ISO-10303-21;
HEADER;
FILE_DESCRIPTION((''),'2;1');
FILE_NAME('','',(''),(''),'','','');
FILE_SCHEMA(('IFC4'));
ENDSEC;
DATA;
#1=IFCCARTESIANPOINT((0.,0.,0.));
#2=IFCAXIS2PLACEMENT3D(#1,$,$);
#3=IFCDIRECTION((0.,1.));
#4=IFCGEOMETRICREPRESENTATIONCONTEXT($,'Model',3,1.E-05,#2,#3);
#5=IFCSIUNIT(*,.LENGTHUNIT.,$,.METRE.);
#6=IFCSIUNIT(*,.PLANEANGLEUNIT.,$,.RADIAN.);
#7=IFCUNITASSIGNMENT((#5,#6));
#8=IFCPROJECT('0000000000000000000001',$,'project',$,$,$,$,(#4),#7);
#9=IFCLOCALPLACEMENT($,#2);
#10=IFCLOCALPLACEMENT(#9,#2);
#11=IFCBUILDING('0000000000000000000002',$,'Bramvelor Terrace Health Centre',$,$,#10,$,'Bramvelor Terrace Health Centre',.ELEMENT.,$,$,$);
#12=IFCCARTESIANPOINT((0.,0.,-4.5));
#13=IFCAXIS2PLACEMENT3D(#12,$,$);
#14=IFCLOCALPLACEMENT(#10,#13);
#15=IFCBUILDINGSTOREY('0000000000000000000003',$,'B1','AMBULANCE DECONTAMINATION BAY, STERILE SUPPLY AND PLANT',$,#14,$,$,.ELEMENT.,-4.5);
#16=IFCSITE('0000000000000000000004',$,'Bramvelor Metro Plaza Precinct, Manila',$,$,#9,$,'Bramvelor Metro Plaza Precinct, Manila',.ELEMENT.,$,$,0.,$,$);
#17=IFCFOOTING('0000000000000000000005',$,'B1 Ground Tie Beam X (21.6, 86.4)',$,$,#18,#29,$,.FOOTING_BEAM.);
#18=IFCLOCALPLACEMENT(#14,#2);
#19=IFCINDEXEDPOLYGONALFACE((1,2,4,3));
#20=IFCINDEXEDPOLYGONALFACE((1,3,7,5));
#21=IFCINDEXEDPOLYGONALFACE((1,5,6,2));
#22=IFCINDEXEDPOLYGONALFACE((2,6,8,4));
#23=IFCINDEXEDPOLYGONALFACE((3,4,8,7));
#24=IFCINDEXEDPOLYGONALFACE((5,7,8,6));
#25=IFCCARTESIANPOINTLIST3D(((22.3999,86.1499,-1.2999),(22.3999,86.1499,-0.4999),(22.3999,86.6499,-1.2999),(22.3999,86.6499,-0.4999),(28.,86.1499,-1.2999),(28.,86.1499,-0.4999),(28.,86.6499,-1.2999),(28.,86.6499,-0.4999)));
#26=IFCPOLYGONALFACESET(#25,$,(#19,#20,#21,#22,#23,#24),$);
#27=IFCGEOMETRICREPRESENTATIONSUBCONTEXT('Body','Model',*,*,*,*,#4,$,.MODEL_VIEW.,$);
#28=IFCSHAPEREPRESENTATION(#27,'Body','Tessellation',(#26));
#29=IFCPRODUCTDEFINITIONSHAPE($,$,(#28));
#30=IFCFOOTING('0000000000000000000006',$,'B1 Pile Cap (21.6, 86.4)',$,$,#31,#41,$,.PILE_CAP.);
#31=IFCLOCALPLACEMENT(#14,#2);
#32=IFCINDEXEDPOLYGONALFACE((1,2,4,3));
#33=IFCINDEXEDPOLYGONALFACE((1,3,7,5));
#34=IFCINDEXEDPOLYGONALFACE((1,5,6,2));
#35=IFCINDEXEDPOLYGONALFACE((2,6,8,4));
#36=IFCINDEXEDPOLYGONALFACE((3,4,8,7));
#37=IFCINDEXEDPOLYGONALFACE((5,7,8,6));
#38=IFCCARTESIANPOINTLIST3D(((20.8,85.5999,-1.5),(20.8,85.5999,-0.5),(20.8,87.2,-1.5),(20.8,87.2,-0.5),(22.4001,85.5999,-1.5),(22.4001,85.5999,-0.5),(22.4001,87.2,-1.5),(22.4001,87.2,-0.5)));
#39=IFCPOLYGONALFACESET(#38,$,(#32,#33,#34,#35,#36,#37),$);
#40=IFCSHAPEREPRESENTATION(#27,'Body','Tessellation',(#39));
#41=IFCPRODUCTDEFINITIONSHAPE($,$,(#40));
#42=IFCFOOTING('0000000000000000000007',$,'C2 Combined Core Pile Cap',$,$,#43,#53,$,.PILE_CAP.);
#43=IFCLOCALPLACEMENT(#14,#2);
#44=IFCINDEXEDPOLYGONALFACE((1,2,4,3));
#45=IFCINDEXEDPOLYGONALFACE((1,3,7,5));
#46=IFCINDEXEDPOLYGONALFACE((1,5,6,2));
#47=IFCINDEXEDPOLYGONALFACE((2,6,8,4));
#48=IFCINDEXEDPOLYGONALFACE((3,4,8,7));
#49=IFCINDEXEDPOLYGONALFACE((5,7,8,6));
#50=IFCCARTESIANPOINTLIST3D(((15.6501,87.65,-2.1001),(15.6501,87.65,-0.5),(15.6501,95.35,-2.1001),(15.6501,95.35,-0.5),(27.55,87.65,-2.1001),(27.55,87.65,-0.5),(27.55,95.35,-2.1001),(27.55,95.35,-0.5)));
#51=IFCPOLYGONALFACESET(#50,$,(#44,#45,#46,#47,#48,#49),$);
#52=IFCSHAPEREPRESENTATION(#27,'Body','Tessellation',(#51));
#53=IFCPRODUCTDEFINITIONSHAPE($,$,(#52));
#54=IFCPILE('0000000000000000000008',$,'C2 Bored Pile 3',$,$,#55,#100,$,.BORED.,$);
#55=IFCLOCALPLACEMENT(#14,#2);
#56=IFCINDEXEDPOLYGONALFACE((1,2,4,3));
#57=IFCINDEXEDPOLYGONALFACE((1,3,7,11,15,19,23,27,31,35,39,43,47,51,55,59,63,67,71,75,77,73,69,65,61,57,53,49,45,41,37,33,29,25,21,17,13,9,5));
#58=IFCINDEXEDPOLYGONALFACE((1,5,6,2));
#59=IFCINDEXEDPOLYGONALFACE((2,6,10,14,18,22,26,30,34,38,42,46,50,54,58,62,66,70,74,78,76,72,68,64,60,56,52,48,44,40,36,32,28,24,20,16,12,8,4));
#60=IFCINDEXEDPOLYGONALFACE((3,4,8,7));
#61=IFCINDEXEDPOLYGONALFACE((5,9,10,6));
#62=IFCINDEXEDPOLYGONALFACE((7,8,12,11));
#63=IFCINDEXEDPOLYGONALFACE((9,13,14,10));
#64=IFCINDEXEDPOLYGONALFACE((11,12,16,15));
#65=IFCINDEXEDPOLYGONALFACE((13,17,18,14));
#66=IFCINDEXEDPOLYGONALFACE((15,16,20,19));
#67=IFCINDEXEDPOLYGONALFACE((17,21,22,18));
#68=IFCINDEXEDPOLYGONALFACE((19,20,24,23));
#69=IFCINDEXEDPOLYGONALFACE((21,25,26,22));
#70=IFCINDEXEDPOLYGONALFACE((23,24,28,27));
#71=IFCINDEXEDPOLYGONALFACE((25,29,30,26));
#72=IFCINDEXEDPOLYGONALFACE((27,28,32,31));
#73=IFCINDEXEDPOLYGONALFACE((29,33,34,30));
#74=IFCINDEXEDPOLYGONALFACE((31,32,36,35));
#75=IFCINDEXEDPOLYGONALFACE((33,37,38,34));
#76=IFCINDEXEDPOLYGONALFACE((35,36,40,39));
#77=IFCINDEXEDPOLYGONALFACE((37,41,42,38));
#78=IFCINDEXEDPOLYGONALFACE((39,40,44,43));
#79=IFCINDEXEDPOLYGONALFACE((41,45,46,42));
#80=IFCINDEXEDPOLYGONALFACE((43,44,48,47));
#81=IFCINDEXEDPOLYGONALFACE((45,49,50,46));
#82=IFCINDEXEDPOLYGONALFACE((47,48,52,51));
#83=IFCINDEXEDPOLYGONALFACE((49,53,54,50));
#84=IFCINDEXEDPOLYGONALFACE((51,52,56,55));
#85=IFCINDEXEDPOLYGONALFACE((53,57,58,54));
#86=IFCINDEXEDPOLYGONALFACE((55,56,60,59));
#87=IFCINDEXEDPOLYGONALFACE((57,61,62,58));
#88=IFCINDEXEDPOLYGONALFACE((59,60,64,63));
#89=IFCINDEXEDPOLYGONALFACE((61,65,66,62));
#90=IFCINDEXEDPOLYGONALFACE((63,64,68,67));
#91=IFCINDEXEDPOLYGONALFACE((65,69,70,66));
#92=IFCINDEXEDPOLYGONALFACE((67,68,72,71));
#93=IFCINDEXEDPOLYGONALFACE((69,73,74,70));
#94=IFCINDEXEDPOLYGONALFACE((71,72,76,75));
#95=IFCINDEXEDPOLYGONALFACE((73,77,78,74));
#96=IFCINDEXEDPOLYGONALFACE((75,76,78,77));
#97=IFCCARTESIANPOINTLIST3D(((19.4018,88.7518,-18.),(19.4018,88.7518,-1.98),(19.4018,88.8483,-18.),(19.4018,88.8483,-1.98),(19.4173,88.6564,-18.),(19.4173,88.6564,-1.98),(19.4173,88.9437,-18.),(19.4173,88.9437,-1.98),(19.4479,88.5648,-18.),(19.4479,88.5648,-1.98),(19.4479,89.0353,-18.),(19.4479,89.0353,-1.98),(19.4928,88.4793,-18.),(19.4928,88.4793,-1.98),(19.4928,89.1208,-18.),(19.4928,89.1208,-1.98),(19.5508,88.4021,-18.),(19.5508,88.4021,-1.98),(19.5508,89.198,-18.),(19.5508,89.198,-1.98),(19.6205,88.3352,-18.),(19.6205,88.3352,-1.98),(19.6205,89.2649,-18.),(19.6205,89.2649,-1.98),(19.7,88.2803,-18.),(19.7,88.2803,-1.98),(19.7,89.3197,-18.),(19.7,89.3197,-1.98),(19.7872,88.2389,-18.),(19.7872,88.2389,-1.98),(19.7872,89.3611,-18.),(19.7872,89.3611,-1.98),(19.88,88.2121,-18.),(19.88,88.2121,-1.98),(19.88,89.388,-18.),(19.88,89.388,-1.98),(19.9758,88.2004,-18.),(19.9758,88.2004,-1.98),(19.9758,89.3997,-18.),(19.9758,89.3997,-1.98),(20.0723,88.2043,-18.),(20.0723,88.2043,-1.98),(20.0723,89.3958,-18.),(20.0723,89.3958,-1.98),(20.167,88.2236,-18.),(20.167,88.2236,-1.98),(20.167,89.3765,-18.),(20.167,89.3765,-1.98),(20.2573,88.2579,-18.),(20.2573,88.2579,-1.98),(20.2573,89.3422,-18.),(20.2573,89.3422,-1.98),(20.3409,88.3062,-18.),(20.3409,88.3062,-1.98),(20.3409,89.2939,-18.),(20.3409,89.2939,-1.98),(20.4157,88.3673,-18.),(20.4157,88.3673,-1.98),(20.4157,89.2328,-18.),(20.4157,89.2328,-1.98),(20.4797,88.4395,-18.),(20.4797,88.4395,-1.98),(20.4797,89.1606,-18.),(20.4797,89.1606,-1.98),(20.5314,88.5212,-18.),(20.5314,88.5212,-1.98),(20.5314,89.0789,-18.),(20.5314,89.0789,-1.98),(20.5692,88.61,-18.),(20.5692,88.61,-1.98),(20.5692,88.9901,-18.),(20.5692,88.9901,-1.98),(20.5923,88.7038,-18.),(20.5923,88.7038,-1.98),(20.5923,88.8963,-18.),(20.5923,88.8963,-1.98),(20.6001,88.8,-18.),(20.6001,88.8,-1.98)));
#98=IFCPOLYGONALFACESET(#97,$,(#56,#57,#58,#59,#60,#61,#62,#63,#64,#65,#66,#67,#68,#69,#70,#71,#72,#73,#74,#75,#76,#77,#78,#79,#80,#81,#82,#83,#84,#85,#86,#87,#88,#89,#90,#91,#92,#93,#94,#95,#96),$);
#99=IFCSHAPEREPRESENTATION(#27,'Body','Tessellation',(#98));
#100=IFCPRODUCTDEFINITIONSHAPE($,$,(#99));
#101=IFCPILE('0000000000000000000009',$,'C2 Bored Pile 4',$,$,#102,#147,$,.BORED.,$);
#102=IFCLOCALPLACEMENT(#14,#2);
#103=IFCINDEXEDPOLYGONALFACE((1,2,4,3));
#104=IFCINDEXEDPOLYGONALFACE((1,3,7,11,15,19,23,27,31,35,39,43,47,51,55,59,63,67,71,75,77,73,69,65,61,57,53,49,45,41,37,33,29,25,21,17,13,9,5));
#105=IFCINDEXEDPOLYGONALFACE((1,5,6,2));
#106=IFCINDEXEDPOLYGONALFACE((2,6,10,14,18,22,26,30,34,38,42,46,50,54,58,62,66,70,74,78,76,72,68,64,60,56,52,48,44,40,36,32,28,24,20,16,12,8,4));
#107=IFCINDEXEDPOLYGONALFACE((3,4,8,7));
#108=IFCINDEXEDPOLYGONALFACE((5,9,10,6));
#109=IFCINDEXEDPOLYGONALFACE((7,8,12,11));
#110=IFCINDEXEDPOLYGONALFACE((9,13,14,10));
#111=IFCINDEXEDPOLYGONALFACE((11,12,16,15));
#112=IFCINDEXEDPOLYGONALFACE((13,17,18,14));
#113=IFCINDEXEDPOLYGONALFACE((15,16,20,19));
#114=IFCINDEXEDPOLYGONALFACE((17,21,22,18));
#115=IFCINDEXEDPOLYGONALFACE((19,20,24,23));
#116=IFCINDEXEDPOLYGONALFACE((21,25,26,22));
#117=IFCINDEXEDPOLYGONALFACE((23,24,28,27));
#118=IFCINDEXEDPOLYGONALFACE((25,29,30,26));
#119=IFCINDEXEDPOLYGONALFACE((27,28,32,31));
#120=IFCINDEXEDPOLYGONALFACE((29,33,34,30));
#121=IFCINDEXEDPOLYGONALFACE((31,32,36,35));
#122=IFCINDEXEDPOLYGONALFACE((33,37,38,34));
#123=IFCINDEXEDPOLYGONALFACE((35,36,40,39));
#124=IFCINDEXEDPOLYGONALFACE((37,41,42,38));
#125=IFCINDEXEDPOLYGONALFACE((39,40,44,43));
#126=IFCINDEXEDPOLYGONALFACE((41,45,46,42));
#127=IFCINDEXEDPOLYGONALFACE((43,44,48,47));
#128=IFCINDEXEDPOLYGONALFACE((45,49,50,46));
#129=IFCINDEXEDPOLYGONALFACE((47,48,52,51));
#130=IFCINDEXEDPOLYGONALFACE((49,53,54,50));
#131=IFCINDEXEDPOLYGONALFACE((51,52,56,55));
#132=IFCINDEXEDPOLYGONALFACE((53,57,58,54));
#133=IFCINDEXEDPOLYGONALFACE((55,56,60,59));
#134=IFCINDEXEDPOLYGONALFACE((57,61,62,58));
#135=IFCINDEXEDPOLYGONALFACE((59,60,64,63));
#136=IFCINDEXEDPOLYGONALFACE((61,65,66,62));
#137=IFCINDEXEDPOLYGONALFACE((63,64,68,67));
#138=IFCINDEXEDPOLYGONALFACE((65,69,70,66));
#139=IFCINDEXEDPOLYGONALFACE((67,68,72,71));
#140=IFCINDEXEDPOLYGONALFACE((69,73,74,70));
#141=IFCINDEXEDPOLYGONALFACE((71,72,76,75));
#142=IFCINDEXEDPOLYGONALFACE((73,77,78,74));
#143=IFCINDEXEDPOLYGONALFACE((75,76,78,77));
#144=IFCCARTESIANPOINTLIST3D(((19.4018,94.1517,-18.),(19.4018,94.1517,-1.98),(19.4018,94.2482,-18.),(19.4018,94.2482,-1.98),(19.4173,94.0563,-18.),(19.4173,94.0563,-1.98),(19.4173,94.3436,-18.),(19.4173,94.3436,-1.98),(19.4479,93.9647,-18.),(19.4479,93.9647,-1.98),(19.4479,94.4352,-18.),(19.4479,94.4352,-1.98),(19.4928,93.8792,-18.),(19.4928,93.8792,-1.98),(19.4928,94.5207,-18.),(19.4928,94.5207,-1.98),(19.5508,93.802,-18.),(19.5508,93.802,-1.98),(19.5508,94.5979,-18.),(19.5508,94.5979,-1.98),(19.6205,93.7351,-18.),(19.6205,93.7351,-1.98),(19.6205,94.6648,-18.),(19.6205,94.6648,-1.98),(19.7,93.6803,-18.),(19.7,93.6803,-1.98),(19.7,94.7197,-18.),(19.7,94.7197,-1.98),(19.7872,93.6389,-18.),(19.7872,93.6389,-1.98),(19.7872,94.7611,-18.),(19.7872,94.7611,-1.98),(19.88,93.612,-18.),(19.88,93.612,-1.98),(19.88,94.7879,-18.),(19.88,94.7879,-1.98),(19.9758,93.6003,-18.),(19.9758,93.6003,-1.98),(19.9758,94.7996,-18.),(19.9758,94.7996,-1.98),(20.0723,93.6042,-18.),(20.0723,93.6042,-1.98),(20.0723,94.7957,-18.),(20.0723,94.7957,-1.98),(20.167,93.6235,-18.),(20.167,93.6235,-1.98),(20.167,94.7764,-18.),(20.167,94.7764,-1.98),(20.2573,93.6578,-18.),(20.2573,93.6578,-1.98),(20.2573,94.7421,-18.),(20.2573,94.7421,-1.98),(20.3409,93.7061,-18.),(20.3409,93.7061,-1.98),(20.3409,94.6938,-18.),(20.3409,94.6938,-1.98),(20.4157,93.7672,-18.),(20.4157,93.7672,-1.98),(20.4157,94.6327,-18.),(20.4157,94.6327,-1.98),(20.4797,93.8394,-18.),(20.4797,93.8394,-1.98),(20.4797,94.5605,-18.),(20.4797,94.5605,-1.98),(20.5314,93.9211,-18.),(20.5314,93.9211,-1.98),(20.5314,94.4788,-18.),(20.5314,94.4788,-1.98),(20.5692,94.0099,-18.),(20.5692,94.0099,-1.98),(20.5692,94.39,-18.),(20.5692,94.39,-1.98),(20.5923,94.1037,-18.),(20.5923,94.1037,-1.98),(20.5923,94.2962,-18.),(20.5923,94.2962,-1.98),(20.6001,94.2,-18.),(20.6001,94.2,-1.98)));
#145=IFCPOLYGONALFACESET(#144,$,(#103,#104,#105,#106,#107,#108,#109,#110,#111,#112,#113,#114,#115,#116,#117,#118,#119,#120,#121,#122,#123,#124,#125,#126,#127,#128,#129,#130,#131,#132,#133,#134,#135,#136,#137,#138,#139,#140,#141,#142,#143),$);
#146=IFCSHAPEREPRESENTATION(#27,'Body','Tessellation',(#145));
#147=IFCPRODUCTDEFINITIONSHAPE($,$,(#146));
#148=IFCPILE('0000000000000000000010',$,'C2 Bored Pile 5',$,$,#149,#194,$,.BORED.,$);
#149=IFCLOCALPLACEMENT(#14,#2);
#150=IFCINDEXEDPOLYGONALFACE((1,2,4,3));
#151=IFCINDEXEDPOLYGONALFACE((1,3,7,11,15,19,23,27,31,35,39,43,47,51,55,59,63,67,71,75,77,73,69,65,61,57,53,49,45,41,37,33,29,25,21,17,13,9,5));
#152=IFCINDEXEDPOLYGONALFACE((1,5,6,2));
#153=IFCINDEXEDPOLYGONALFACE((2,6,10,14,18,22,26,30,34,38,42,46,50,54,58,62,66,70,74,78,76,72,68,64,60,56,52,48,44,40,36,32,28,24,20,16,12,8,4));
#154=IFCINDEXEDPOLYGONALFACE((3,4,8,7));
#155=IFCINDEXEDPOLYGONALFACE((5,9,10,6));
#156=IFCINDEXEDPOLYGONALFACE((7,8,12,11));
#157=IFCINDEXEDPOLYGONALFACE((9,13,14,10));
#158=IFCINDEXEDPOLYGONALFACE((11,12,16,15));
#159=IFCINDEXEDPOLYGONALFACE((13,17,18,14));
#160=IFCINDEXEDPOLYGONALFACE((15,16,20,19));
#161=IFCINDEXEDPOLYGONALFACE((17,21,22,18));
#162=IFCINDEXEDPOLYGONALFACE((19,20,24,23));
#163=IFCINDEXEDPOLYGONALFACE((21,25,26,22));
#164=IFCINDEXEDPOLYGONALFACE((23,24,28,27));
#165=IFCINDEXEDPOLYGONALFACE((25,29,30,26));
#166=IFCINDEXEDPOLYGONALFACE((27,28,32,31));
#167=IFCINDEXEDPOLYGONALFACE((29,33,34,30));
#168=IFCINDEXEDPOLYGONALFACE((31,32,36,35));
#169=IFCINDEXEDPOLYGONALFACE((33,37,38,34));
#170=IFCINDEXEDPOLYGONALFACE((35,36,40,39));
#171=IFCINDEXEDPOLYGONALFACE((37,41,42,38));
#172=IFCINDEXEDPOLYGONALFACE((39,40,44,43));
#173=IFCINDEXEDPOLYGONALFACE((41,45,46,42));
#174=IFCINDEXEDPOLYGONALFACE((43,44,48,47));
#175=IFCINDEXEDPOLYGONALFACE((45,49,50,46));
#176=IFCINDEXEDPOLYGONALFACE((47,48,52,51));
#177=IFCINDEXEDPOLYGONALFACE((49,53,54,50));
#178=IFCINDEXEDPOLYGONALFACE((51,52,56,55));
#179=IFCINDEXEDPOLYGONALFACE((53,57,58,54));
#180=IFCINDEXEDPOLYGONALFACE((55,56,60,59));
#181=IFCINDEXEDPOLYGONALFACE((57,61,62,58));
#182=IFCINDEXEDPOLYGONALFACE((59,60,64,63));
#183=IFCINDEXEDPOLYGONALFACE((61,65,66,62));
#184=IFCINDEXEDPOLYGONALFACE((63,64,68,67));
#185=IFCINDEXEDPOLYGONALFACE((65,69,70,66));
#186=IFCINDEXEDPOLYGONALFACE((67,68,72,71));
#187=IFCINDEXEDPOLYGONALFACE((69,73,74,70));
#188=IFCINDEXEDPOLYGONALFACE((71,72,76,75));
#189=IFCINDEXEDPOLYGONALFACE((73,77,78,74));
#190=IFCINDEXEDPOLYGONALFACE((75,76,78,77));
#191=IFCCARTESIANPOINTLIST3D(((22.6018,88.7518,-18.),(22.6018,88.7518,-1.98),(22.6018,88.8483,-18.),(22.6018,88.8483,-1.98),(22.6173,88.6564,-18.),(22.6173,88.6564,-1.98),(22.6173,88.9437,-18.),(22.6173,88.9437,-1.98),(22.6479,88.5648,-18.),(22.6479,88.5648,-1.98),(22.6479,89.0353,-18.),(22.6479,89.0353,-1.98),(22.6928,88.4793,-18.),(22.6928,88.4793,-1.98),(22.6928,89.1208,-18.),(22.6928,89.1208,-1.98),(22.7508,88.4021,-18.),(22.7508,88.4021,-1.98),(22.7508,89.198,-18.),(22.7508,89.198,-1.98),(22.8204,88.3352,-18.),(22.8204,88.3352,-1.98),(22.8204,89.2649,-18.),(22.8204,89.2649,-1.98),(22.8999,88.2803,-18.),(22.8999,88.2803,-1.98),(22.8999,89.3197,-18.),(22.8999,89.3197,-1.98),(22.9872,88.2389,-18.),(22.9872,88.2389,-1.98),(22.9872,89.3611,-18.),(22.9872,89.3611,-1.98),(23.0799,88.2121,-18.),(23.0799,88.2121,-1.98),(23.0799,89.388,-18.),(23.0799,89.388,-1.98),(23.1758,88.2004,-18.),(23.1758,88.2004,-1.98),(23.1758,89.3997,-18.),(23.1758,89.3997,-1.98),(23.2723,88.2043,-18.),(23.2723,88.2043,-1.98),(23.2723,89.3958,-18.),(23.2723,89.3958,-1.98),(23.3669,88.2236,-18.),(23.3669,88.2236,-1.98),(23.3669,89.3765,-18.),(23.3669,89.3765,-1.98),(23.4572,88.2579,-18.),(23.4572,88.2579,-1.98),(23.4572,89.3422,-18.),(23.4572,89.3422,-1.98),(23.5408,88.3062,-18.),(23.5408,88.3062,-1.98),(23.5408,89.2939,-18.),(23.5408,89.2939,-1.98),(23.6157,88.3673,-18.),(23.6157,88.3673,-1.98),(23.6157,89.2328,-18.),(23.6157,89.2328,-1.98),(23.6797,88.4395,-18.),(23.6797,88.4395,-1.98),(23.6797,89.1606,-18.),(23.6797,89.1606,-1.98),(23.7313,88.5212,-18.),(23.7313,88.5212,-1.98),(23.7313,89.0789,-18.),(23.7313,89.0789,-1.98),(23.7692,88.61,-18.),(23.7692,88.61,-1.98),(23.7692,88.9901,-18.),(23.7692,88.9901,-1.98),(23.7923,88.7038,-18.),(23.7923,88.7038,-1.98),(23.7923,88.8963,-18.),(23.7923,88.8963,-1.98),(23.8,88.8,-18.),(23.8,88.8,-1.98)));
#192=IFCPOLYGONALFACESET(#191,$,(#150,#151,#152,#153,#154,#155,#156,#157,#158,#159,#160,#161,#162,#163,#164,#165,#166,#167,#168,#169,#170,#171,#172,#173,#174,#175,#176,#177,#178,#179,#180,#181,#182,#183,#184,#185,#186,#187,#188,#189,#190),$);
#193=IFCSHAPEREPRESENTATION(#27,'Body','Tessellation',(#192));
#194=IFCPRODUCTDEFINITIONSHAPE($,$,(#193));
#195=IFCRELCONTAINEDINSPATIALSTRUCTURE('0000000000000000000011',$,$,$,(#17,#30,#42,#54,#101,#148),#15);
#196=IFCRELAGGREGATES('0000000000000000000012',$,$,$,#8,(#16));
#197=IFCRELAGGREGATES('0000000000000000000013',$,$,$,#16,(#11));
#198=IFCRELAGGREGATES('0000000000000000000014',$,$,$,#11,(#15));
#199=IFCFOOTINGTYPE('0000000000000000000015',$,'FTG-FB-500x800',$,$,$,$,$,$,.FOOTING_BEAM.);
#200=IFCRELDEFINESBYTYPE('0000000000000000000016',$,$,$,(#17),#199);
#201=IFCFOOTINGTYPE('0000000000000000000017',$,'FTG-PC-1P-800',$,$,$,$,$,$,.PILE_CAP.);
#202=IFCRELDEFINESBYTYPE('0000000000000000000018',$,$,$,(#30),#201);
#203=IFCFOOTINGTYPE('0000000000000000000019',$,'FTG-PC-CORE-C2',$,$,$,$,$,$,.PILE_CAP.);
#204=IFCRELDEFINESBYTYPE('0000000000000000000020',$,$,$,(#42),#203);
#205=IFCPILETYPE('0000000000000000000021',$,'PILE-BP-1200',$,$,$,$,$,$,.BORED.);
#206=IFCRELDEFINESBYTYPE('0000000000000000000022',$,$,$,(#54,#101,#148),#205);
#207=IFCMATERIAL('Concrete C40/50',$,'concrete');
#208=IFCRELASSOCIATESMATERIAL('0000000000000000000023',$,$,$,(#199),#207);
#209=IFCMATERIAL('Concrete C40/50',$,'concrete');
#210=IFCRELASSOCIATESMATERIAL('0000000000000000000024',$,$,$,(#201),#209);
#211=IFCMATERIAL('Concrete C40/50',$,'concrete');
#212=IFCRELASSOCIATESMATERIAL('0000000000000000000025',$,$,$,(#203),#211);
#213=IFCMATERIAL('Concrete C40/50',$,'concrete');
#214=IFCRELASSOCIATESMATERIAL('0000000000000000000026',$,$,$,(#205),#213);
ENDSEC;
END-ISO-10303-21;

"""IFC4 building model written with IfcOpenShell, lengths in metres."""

from ifc_helpers import new_model, si_unit, direction, frame, origin, origin_2d, place, context, subcontext, project, spatial, rectangle, circle, extrude, material, material_profile, profile_set, type_object, element, save


model = new_model("IFC4")

# Units and contexts
model_context = context("Model", 3, precision=1e-05, world=origin(), true_north=direction((0.0, 1.0)))
body_context = subcontext(model_context, "Body", "Model", "MODEL_VIEW")
ifc_project = project(units=[si_unit("LENGTHUNIT", "METRE"), si_unit("PLANEANGLEUNIT", "RADIAN")], contexts=[model_context])

# Site, building, storey
site_placement = place(None, origin())
site = spatial("IfcSite", under=ifc_project, at=site_placement, Name="Bramvelor Metro Plaza Precinct, Manila", LongName="Bramvelor Metro Plaza Precinct, Manila", CompositionType="ELEMENT", RefElevation=0.0)
building_placement = place(site_placement, origin())
building = spatial("IfcBuilding", under=site, at=building_placement, Name="Bramvelor Terrace Health Centre", LongName="Bramvelor Terrace Health Centre", CompositionType="ELEMENT")
storey_placement = place(building_placement, frame((0.0, 0.0, -4.5)))
storey = spatial("IfcBuildingStorey", under=building, at=storey_placement, Name="B1", Description="AMBULANCE DECONTAMINATION BAY, STERILE SUPPLY AND PLANT", CompositionType="ELEMENT", Elevation=-4.5)

# Footings
ifc_material_1 = material(Name="Concrete C40/50", Category="concrete")
ifc_material_profile_1 = material_profile(ifc_material_1, rectangle(XDim=0.5, YDim=0.8, at=origin_2d()), Name="RC 500x800")
ifc_profile_set_1 = profile_set([ifc_material_profile_1], Name="Concrete C40/50")
footing_type_1 = type_object("IfcFootingType", Name="FTG-FB-500x800", PredefinedType="FOOTING_BEAM", material=ifc_profile_set_1)
footing_1_placement = place(storey_placement, frame((22.3999, 86.3999, -0.8999), z_axis=(1.0, 0.0, 0.0), x_axis=(0.0, 1.0, 0.0)))
element("IfcFooting", 1, at=footing_1_placement, inside=storey, type_object=footing_type_1, Name="B1 Ground Tie Beam X (21.6, 86.4)", PredefinedType="FOOTING_BEAM", context=body_context, shape_type="SweptSolid", body=[
    extrude(rectangle(XDim=0.5, YDim=0.8, at=origin_2d()), origin(), (0.0, 0.0, 1.0), 5.6001),
])
ifc_material_2 = material(Name="Concrete C40/50", Category="concrete")
footing_type_2 = type_object("IfcFootingType", Name="FTG-PC-1P-800", PredefinedType="PILE_CAP", material=ifc_material_2)
footing_2_placement = place(storey_placement, frame((21.6001, 86.3999, -1.5), z_axis=(0.0, 0.0, 1.0), x_axis=(1.0, 0.0, 0.0)))
element("IfcFooting", 2, at=footing_2_placement, inside=storey, type_object=footing_type_2, Name="B1 Pile Cap (21.6, 86.4)", PredefinedType="PILE_CAP", context=body_context, shape_type="SweptSolid", body=[
    extrude(rectangle(XDim=1.6001, YDim=1.6001, at=origin_2d()), origin(), (0.0, 0.0, 1.0), 1.0),
])
ifc_material_3 = material(Name="Concrete C40/50", Category="concrete")
footing_type_3 = type_object("IfcFootingType", Name="FTG-PC-CORE-C2", PredefinedType="PILE_CAP", material=ifc_material_3)
footing_3_placement = place(storey_placement, frame((21.6001, 91.5, -2.1001), z_axis=(0.0, 0.0, 1.0), x_axis=(1.0, 0.0, 0.0)))
element("IfcFooting", 3, at=footing_3_placement, inside=storey, type_object=footing_type_3, Name="C2 Combined Core Pile Cap", PredefinedType="PILE_CAP", context=body_context, shape_type="SweptSolid", body=[
    extrude(rectangle(XDim=11.8999, YDim=7.7, at=origin_2d()), origin(), (0.0, 0.0, 1.0), 1.6001),
])

# Piles
ifc_material_4 = material(Name="Concrete C40/50", Category="concrete")
ifc_material_profile_2 = material_profile(ifc_material_4, circle(Radius=0.6001, at=origin_2d()), Name="BP D1200")
ifc_profile_set_2 = profile_set([ifc_material_profile_2], Name="Concrete C40/50")
pile_type_1 = type_object("IfcPileType", Name="PILE-BP-1200", PredefinedType="BORED", material=ifc_profile_set_2)
for number, where, z_axis, x_axis, name in (
    (4, (20.0, 88.8, -1.98), (0.0, 0.0, -1.0), (1.0, 0.0, 0.0), "C2 Bored Pile 3"),
    (5, (20.0, 94.2, -1.98), (0.0, 0.0, -1.0), (1.0, 0.0, 0.0), "C2 Bored Pile 4"),
    (6, (23.2, 88.8, -1.98), (0.0, 0.0, -1.0), (1.0, 0.0, 0.0), "C2 Bored Pile 5"),
):
    element("IfcPile", number, at=place(storey_placement, frame(where, z_axis=z_axis, x_axis=x_axis)), inside=storey, type_object=pile_type_1, Name=name, PredefinedType="BORED", context=body_context, shape_type="SweptSolid", body=[
        extrude(circle(Radius=0.6001, at=origin_2d()), origin(), (0.0, 0.0, 1.0), 16.02),
    ])

save(model, "model.ifc")
